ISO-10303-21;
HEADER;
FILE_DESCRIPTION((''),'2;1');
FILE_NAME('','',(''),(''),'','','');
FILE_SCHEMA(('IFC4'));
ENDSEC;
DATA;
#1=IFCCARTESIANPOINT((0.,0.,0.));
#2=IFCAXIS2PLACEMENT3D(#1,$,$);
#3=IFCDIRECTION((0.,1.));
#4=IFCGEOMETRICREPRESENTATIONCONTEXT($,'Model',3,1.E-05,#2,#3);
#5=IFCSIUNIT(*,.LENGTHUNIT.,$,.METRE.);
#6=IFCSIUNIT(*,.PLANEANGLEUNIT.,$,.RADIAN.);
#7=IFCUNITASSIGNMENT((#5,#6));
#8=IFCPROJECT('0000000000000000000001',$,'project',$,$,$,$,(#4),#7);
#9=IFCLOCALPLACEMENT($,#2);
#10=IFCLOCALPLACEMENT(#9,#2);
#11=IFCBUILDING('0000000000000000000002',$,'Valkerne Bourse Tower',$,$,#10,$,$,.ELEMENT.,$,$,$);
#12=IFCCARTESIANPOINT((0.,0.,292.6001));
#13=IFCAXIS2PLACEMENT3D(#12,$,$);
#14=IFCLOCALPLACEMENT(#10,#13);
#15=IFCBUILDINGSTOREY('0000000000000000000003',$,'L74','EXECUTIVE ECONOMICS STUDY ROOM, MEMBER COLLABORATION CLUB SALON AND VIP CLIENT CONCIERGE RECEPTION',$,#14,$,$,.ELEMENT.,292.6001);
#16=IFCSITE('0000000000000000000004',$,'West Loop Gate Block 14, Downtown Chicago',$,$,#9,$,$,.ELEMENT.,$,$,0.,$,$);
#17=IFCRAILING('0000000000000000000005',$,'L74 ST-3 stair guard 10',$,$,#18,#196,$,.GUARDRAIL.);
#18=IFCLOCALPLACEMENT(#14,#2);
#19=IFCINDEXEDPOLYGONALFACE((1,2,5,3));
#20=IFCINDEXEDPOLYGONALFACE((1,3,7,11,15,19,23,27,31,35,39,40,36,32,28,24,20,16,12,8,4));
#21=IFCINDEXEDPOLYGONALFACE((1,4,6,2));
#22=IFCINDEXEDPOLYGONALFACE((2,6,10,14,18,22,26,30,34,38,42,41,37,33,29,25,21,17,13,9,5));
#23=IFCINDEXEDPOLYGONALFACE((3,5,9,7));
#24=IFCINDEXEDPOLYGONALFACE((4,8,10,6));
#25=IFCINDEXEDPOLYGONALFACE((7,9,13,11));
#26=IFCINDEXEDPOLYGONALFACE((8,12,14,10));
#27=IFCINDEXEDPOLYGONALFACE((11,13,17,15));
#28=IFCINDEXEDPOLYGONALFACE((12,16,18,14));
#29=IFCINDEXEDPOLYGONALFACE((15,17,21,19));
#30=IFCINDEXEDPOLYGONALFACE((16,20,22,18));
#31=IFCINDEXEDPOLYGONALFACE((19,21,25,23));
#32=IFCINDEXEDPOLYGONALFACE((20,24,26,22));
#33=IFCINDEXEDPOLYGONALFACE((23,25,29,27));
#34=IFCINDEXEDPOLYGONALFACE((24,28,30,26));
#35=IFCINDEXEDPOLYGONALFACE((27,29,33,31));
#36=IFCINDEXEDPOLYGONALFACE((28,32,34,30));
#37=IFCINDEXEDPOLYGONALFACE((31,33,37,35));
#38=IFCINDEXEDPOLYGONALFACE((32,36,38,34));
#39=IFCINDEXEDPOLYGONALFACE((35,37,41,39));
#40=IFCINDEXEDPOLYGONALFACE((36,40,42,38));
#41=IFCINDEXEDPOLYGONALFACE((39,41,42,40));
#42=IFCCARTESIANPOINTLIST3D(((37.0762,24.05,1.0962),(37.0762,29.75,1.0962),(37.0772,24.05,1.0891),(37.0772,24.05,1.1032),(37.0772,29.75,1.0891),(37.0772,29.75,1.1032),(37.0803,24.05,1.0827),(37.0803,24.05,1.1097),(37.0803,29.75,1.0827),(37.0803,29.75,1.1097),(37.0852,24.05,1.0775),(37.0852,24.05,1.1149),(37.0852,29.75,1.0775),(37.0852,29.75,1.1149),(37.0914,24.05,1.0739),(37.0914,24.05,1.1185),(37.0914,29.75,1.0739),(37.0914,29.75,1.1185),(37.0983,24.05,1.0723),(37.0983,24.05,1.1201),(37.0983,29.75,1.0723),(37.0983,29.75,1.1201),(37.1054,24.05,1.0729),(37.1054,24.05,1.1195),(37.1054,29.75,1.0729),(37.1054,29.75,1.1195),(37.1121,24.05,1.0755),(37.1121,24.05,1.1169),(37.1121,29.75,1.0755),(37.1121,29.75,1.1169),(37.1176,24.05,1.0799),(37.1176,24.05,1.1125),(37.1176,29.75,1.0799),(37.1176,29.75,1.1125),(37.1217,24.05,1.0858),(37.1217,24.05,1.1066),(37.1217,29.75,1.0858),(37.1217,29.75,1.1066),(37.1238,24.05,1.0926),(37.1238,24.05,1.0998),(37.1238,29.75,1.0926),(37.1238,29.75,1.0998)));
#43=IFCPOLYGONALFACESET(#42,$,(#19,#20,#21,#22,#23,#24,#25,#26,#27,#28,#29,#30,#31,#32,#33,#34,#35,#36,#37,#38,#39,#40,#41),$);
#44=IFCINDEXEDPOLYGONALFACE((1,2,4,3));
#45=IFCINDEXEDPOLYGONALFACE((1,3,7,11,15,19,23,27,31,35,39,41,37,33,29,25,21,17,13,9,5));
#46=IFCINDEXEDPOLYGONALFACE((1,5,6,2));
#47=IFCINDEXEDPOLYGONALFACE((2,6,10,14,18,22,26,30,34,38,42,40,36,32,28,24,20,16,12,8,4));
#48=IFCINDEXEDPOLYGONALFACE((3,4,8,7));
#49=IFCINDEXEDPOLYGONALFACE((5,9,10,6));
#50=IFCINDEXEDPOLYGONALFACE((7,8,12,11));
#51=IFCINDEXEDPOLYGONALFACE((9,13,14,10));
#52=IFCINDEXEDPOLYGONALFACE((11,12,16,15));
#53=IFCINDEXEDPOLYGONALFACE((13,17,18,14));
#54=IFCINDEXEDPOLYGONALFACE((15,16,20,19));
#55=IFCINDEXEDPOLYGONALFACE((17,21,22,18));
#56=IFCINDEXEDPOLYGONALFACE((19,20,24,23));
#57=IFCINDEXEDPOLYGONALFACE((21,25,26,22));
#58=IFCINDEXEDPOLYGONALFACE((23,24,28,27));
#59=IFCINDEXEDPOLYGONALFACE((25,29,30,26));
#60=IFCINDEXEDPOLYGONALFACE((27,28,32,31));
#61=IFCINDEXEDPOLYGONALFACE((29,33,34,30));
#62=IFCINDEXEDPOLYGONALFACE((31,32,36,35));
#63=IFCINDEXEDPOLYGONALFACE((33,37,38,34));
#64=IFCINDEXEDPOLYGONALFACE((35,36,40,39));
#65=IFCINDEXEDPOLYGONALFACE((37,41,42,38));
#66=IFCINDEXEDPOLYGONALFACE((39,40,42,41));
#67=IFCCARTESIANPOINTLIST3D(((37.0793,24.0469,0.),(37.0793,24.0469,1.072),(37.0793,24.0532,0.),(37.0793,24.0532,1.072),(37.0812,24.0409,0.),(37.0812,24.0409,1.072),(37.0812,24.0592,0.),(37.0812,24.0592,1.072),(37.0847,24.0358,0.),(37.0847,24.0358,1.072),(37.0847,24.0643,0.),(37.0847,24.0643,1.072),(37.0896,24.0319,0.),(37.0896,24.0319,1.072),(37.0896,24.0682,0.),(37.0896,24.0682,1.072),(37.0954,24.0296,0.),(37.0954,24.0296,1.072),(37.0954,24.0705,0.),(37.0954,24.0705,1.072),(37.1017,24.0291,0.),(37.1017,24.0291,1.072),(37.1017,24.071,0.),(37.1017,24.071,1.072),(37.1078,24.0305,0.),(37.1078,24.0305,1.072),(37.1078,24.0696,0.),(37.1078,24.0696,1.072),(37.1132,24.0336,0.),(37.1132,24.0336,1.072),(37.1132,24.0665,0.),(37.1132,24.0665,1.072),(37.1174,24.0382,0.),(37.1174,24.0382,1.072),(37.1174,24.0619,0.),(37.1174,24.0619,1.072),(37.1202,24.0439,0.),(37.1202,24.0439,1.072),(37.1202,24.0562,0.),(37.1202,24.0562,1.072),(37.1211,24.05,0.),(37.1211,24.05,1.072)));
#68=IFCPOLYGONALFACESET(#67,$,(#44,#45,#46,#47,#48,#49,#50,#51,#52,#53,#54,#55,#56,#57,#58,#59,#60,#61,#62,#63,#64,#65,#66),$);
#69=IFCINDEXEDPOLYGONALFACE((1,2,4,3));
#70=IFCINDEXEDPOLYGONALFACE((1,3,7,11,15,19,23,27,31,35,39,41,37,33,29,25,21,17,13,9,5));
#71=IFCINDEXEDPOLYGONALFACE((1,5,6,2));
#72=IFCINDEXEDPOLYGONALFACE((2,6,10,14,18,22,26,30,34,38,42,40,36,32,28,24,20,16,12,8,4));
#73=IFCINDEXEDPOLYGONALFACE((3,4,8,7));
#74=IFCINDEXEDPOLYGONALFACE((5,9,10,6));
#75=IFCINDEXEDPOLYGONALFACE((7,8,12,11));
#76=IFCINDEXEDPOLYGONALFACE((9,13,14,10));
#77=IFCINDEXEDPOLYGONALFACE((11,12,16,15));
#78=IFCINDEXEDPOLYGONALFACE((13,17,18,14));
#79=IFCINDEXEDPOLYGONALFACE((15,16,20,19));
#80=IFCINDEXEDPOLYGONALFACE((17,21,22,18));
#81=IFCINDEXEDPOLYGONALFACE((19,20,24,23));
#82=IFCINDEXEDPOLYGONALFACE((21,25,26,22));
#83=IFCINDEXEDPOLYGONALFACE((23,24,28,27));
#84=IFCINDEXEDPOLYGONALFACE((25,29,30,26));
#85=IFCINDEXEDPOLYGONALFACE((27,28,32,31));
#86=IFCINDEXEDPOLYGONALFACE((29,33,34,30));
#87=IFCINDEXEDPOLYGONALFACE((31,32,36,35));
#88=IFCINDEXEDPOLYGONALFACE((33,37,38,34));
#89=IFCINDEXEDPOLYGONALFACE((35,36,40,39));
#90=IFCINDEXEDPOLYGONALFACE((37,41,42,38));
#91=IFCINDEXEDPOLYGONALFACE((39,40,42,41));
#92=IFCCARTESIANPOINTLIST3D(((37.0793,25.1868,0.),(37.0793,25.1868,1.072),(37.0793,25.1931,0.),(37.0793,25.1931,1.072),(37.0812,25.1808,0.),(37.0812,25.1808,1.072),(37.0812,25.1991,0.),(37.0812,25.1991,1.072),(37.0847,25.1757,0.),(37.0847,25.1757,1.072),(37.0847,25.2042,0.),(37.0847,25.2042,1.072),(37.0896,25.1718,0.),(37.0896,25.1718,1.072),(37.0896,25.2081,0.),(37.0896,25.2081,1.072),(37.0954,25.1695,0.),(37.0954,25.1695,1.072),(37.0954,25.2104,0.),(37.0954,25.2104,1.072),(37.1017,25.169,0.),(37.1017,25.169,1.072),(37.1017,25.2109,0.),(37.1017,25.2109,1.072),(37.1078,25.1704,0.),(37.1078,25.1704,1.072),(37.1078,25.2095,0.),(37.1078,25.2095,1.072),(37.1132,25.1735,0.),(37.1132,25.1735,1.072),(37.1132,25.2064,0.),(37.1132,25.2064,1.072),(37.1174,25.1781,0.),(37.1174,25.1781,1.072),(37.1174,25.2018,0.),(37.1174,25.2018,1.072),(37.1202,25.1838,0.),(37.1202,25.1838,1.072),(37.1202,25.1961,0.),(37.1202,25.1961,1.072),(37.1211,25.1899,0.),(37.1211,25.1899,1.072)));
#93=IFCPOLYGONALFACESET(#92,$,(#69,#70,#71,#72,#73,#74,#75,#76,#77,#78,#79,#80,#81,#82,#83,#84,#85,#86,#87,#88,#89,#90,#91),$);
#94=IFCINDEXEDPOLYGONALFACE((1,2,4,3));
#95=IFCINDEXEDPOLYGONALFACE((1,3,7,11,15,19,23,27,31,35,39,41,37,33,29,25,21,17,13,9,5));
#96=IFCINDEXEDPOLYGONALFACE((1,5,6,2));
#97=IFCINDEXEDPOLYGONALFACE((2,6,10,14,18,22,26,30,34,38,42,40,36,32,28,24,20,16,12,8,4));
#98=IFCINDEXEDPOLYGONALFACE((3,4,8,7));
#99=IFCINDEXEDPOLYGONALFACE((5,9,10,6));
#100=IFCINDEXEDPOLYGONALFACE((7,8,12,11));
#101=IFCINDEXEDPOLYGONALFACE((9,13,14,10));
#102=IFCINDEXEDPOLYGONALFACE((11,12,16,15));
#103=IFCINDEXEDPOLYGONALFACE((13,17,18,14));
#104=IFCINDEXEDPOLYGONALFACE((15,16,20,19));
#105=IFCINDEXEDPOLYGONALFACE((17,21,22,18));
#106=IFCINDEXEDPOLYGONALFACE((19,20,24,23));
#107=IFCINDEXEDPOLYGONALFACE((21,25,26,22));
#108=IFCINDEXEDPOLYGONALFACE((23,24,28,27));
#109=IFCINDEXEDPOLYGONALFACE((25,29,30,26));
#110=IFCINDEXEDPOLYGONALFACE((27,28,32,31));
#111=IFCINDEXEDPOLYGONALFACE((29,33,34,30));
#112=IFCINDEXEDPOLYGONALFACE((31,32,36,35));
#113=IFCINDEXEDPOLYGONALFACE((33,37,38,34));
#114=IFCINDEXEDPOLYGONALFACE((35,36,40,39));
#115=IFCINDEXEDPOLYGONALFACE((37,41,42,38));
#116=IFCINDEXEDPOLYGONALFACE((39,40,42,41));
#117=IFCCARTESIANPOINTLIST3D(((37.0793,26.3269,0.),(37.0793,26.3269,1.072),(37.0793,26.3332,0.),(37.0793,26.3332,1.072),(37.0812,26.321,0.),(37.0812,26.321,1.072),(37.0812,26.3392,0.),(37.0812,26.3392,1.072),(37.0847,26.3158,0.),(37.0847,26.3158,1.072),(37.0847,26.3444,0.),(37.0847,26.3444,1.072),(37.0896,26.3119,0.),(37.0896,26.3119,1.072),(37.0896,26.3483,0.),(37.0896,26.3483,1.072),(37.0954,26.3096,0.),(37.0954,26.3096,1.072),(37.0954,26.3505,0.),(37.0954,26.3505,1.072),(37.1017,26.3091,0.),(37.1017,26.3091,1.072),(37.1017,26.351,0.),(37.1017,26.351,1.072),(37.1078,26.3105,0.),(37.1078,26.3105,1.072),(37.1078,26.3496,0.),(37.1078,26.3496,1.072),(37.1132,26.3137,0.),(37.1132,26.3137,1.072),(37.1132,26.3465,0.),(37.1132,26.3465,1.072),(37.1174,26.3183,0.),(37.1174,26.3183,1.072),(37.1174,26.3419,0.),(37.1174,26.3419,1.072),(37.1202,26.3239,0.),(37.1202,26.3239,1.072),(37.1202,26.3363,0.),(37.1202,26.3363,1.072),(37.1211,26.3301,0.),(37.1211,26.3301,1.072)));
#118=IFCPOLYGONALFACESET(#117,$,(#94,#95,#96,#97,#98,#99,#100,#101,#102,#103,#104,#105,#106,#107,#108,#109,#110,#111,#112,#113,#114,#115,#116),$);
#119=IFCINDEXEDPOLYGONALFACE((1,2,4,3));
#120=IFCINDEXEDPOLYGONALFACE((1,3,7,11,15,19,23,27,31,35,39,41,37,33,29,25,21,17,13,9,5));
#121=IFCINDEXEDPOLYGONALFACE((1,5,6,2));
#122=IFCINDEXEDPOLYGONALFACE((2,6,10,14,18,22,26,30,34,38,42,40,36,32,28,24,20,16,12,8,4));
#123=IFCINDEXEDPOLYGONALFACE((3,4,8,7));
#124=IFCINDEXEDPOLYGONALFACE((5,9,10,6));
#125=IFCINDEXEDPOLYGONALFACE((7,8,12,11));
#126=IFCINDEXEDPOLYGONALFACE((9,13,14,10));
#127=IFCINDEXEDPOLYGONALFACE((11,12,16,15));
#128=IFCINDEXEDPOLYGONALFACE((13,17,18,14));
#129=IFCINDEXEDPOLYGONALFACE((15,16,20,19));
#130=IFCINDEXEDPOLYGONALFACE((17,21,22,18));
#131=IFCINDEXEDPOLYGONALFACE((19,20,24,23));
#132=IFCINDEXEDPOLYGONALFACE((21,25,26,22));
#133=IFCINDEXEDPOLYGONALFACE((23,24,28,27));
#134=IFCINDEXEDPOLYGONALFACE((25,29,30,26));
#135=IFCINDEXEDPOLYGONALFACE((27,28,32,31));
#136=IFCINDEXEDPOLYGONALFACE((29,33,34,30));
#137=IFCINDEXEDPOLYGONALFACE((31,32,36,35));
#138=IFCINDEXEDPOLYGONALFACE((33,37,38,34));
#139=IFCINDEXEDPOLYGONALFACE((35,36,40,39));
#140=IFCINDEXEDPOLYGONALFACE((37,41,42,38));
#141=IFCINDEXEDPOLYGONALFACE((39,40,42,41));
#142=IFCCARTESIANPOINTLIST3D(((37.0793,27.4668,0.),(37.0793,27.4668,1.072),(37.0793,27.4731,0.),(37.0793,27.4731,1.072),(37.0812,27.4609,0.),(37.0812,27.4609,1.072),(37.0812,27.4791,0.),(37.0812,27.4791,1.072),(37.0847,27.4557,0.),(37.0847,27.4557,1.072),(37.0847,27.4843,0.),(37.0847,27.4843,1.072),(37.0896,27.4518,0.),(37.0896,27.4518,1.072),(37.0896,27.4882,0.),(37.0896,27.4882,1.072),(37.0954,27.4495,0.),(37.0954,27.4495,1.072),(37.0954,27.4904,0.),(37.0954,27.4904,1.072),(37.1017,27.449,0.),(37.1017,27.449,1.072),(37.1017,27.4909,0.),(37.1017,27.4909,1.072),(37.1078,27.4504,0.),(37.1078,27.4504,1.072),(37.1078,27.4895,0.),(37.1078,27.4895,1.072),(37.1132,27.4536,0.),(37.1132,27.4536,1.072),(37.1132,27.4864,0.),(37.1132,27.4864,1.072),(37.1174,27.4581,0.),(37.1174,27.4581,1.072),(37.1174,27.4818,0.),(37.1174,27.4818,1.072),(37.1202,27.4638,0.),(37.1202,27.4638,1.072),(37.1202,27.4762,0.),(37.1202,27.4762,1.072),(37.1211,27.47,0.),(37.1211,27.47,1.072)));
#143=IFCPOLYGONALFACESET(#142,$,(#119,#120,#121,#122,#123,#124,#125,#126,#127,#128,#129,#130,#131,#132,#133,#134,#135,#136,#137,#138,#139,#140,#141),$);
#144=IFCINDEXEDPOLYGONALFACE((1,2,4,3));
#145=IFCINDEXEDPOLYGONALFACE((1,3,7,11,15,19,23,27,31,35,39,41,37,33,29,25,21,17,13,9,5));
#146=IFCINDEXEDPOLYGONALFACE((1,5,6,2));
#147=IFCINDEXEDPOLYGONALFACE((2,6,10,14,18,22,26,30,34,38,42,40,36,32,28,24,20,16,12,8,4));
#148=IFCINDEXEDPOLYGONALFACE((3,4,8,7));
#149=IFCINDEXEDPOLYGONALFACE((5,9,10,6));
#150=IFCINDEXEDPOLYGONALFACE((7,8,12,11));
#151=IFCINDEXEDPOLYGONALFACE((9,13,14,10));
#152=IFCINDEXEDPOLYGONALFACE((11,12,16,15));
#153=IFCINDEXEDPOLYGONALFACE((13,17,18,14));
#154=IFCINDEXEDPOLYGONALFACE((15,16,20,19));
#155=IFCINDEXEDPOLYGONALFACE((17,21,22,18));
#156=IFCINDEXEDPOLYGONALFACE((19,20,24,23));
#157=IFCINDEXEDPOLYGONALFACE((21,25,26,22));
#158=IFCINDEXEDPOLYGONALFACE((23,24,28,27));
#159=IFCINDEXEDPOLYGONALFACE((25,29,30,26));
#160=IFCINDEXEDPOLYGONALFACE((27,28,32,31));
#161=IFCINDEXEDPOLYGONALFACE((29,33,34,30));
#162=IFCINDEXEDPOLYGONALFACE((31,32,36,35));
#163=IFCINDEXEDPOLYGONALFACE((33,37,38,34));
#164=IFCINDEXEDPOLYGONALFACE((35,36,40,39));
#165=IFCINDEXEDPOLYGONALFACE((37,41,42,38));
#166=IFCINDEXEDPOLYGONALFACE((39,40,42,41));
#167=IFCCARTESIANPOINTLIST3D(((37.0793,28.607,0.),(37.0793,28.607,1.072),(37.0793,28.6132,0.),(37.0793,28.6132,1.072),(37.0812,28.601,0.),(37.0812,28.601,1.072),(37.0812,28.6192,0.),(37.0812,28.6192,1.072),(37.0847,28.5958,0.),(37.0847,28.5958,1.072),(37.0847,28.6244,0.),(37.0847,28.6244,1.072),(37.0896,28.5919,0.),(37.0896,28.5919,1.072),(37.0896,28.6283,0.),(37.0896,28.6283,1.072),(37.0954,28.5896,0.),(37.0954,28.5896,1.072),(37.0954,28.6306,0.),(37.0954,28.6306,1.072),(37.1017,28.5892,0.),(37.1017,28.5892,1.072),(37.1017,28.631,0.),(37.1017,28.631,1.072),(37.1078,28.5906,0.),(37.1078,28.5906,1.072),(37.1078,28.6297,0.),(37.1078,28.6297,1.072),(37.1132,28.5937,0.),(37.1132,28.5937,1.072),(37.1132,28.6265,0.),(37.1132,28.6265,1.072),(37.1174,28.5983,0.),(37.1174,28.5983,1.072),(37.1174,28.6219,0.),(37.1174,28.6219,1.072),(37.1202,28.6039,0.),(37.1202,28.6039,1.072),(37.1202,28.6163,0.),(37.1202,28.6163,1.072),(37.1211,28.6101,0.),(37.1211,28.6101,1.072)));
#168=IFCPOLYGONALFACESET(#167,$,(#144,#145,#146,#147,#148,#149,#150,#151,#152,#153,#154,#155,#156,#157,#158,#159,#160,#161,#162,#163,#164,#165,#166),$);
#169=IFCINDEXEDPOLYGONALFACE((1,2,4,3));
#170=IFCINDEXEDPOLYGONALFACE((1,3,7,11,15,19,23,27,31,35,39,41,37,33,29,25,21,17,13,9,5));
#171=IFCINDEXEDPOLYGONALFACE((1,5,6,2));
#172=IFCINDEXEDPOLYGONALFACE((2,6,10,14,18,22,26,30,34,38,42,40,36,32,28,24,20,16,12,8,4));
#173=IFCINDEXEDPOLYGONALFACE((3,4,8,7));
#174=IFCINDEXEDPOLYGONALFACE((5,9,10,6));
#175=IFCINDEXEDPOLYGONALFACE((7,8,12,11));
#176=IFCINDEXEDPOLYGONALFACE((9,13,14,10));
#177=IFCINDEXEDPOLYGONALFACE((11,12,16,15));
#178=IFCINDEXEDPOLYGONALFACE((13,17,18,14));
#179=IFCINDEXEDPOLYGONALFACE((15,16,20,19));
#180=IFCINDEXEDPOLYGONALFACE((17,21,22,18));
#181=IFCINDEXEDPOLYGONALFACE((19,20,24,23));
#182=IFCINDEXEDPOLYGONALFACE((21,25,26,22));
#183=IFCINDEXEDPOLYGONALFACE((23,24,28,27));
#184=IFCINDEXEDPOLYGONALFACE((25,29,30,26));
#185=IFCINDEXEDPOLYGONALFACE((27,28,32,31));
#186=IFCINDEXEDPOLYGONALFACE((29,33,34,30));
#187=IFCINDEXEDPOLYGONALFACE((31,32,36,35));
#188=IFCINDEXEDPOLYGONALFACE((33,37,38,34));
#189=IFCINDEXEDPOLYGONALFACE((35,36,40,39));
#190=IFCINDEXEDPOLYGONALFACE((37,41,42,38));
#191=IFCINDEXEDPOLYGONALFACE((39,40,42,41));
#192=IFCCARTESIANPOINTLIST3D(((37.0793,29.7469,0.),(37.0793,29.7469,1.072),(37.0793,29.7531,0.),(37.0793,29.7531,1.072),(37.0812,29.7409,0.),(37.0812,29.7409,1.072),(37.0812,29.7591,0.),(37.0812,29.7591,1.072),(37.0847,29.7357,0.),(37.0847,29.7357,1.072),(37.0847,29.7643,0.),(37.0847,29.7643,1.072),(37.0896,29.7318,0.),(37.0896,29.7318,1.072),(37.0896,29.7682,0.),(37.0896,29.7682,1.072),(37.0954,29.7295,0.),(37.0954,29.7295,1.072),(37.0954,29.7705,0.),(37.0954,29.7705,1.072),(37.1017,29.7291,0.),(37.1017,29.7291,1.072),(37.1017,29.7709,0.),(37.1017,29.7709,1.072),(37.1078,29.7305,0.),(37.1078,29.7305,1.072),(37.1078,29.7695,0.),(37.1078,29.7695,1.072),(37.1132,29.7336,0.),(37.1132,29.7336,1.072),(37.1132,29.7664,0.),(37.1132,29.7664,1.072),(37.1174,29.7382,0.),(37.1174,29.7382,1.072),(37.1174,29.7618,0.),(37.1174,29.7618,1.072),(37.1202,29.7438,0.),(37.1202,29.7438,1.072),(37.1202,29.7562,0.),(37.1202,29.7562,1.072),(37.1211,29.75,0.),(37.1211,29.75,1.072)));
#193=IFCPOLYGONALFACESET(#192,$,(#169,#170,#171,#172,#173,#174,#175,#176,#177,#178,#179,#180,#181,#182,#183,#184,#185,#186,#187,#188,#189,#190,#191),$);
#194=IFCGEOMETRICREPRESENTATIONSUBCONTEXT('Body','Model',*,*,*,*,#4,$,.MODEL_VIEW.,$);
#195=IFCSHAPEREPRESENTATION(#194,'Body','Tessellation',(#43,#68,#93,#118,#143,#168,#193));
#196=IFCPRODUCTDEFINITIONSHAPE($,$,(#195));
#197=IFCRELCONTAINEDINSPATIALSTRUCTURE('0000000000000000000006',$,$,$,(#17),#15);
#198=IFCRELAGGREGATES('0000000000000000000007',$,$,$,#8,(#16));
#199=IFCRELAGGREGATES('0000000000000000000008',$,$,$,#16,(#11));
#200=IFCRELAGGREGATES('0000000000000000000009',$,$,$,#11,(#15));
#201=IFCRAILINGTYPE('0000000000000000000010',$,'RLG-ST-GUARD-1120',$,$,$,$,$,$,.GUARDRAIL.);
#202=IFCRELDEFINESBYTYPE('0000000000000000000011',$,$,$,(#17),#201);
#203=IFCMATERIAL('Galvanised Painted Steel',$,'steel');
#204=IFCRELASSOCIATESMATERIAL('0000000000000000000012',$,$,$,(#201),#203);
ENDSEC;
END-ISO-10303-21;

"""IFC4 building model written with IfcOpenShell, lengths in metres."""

from ifc_helpers import new_model, si_unit, direction, frame, origin, origin_2d, place, context, subcontext, project, spatial, circle, extrude, material, type_object, element, save


model = new_model("IFC4")

# Units and contexts
model_context = context("Model", 3, precision=1e-05, world=origin(), true_north=direction((0.0, 1.0)))
body_context = subcontext(model_context, "Body", "Model", "MODEL_VIEW")
ifc_project = project(units=[si_unit("LENGTHUNIT", "METRE"), si_unit("PLANEANGLEUNIT", "RADIAN")], contexts=[model_context])

# Site, building, storey
site_placement = place(None, origin())
site = spatial("IfcSite", under=ifc_project, at=site_placement, Name="West Loop Gate Block 14, Downtown Chicago", CompositionType="ELEMENT", RefElevation=0.0)
building_placement = place(site_placement, origin())
building = spatial("IfcBuilding", under=site, at=building_placement, Name="Valkerne Bourse Tower", CompositionType="ELEMENT")
storey_placement = place(building_placement, frame((0.0, 0.0, 292.6001)))
storey = spatial("IfcBuildingStorey", under=building, at=storey_placement, Name="L74", Description="EXECUTIVE ECONOMICS STUDY ROOM, MEMBER COLLABORATION CLUB SALON AND VIP CLIENT CONCIERGE RECEPTION", CompositionType="ELEMENT", Elevation=292.6001)

# Railing
ifc_material_1 = material(Name="Galvanised Painted Steel", Category="steel")
railing_type_1 = type_object("IfcRailingType", Name="RLG-ST-GUARD-1120", PredefinedType="GUARDRAIL", material=ifc_material_1)
railing_1_placement = place(storey_placement, frame((37.1001, 24.05, 0.0)))
element("IfcRailing", 1, at=railing_1_placement, inside=storey, type_object=railing_type_1, Name="L74 ST-3 stair guard 10", PredefinedType="GUARDRAIL", context=body_context, shape_type="SweptSolid", body=[
    extrude(circle(Radius=0.0239, at=origin_2d()), frame((0.0, 0.0, 1.0962), z_axis=(0.0, 1.0, 0.0), x_axis=(-1.0, 0.0, 0.0)), (0.0, 0.0, 1.0), 5.7),
    extrude(circle(Radius=0.021, at=origin_2d()), origin(), (0.0, 0.0, 1.0), 1.072),
    extrude(circle(Radius=0.021, at=origin_2d()), frame((0.0, 1.1399, 0.0)), (0.0, 0.0, 1.0), 1.072),
    extrude(circle(Radius=0.021, at=origin_2d()), frame((0.0, 2.28, 0.0)), (0.0, 0.0, 1.0), 1.072),
    extrude(circle(Radius=0.021, at=origin_2d()), frame((0.0, 3.4199, 0.0)), (0.0, 0.0, 1.0), 1.072),
    extrude(circle(Radius=0.021, at=origin_2d()), frame((0.0, 4.5601, 0.0)), (0.0, 0.0, 1.0), 1.072),
    extrude(circle(Radius=0.021, at=origin_2d()), frame((0.0, 5.7, 0.0)), (0.0, 0.0, 1.0), 1.072),
])

save(model, "model.ifc")
